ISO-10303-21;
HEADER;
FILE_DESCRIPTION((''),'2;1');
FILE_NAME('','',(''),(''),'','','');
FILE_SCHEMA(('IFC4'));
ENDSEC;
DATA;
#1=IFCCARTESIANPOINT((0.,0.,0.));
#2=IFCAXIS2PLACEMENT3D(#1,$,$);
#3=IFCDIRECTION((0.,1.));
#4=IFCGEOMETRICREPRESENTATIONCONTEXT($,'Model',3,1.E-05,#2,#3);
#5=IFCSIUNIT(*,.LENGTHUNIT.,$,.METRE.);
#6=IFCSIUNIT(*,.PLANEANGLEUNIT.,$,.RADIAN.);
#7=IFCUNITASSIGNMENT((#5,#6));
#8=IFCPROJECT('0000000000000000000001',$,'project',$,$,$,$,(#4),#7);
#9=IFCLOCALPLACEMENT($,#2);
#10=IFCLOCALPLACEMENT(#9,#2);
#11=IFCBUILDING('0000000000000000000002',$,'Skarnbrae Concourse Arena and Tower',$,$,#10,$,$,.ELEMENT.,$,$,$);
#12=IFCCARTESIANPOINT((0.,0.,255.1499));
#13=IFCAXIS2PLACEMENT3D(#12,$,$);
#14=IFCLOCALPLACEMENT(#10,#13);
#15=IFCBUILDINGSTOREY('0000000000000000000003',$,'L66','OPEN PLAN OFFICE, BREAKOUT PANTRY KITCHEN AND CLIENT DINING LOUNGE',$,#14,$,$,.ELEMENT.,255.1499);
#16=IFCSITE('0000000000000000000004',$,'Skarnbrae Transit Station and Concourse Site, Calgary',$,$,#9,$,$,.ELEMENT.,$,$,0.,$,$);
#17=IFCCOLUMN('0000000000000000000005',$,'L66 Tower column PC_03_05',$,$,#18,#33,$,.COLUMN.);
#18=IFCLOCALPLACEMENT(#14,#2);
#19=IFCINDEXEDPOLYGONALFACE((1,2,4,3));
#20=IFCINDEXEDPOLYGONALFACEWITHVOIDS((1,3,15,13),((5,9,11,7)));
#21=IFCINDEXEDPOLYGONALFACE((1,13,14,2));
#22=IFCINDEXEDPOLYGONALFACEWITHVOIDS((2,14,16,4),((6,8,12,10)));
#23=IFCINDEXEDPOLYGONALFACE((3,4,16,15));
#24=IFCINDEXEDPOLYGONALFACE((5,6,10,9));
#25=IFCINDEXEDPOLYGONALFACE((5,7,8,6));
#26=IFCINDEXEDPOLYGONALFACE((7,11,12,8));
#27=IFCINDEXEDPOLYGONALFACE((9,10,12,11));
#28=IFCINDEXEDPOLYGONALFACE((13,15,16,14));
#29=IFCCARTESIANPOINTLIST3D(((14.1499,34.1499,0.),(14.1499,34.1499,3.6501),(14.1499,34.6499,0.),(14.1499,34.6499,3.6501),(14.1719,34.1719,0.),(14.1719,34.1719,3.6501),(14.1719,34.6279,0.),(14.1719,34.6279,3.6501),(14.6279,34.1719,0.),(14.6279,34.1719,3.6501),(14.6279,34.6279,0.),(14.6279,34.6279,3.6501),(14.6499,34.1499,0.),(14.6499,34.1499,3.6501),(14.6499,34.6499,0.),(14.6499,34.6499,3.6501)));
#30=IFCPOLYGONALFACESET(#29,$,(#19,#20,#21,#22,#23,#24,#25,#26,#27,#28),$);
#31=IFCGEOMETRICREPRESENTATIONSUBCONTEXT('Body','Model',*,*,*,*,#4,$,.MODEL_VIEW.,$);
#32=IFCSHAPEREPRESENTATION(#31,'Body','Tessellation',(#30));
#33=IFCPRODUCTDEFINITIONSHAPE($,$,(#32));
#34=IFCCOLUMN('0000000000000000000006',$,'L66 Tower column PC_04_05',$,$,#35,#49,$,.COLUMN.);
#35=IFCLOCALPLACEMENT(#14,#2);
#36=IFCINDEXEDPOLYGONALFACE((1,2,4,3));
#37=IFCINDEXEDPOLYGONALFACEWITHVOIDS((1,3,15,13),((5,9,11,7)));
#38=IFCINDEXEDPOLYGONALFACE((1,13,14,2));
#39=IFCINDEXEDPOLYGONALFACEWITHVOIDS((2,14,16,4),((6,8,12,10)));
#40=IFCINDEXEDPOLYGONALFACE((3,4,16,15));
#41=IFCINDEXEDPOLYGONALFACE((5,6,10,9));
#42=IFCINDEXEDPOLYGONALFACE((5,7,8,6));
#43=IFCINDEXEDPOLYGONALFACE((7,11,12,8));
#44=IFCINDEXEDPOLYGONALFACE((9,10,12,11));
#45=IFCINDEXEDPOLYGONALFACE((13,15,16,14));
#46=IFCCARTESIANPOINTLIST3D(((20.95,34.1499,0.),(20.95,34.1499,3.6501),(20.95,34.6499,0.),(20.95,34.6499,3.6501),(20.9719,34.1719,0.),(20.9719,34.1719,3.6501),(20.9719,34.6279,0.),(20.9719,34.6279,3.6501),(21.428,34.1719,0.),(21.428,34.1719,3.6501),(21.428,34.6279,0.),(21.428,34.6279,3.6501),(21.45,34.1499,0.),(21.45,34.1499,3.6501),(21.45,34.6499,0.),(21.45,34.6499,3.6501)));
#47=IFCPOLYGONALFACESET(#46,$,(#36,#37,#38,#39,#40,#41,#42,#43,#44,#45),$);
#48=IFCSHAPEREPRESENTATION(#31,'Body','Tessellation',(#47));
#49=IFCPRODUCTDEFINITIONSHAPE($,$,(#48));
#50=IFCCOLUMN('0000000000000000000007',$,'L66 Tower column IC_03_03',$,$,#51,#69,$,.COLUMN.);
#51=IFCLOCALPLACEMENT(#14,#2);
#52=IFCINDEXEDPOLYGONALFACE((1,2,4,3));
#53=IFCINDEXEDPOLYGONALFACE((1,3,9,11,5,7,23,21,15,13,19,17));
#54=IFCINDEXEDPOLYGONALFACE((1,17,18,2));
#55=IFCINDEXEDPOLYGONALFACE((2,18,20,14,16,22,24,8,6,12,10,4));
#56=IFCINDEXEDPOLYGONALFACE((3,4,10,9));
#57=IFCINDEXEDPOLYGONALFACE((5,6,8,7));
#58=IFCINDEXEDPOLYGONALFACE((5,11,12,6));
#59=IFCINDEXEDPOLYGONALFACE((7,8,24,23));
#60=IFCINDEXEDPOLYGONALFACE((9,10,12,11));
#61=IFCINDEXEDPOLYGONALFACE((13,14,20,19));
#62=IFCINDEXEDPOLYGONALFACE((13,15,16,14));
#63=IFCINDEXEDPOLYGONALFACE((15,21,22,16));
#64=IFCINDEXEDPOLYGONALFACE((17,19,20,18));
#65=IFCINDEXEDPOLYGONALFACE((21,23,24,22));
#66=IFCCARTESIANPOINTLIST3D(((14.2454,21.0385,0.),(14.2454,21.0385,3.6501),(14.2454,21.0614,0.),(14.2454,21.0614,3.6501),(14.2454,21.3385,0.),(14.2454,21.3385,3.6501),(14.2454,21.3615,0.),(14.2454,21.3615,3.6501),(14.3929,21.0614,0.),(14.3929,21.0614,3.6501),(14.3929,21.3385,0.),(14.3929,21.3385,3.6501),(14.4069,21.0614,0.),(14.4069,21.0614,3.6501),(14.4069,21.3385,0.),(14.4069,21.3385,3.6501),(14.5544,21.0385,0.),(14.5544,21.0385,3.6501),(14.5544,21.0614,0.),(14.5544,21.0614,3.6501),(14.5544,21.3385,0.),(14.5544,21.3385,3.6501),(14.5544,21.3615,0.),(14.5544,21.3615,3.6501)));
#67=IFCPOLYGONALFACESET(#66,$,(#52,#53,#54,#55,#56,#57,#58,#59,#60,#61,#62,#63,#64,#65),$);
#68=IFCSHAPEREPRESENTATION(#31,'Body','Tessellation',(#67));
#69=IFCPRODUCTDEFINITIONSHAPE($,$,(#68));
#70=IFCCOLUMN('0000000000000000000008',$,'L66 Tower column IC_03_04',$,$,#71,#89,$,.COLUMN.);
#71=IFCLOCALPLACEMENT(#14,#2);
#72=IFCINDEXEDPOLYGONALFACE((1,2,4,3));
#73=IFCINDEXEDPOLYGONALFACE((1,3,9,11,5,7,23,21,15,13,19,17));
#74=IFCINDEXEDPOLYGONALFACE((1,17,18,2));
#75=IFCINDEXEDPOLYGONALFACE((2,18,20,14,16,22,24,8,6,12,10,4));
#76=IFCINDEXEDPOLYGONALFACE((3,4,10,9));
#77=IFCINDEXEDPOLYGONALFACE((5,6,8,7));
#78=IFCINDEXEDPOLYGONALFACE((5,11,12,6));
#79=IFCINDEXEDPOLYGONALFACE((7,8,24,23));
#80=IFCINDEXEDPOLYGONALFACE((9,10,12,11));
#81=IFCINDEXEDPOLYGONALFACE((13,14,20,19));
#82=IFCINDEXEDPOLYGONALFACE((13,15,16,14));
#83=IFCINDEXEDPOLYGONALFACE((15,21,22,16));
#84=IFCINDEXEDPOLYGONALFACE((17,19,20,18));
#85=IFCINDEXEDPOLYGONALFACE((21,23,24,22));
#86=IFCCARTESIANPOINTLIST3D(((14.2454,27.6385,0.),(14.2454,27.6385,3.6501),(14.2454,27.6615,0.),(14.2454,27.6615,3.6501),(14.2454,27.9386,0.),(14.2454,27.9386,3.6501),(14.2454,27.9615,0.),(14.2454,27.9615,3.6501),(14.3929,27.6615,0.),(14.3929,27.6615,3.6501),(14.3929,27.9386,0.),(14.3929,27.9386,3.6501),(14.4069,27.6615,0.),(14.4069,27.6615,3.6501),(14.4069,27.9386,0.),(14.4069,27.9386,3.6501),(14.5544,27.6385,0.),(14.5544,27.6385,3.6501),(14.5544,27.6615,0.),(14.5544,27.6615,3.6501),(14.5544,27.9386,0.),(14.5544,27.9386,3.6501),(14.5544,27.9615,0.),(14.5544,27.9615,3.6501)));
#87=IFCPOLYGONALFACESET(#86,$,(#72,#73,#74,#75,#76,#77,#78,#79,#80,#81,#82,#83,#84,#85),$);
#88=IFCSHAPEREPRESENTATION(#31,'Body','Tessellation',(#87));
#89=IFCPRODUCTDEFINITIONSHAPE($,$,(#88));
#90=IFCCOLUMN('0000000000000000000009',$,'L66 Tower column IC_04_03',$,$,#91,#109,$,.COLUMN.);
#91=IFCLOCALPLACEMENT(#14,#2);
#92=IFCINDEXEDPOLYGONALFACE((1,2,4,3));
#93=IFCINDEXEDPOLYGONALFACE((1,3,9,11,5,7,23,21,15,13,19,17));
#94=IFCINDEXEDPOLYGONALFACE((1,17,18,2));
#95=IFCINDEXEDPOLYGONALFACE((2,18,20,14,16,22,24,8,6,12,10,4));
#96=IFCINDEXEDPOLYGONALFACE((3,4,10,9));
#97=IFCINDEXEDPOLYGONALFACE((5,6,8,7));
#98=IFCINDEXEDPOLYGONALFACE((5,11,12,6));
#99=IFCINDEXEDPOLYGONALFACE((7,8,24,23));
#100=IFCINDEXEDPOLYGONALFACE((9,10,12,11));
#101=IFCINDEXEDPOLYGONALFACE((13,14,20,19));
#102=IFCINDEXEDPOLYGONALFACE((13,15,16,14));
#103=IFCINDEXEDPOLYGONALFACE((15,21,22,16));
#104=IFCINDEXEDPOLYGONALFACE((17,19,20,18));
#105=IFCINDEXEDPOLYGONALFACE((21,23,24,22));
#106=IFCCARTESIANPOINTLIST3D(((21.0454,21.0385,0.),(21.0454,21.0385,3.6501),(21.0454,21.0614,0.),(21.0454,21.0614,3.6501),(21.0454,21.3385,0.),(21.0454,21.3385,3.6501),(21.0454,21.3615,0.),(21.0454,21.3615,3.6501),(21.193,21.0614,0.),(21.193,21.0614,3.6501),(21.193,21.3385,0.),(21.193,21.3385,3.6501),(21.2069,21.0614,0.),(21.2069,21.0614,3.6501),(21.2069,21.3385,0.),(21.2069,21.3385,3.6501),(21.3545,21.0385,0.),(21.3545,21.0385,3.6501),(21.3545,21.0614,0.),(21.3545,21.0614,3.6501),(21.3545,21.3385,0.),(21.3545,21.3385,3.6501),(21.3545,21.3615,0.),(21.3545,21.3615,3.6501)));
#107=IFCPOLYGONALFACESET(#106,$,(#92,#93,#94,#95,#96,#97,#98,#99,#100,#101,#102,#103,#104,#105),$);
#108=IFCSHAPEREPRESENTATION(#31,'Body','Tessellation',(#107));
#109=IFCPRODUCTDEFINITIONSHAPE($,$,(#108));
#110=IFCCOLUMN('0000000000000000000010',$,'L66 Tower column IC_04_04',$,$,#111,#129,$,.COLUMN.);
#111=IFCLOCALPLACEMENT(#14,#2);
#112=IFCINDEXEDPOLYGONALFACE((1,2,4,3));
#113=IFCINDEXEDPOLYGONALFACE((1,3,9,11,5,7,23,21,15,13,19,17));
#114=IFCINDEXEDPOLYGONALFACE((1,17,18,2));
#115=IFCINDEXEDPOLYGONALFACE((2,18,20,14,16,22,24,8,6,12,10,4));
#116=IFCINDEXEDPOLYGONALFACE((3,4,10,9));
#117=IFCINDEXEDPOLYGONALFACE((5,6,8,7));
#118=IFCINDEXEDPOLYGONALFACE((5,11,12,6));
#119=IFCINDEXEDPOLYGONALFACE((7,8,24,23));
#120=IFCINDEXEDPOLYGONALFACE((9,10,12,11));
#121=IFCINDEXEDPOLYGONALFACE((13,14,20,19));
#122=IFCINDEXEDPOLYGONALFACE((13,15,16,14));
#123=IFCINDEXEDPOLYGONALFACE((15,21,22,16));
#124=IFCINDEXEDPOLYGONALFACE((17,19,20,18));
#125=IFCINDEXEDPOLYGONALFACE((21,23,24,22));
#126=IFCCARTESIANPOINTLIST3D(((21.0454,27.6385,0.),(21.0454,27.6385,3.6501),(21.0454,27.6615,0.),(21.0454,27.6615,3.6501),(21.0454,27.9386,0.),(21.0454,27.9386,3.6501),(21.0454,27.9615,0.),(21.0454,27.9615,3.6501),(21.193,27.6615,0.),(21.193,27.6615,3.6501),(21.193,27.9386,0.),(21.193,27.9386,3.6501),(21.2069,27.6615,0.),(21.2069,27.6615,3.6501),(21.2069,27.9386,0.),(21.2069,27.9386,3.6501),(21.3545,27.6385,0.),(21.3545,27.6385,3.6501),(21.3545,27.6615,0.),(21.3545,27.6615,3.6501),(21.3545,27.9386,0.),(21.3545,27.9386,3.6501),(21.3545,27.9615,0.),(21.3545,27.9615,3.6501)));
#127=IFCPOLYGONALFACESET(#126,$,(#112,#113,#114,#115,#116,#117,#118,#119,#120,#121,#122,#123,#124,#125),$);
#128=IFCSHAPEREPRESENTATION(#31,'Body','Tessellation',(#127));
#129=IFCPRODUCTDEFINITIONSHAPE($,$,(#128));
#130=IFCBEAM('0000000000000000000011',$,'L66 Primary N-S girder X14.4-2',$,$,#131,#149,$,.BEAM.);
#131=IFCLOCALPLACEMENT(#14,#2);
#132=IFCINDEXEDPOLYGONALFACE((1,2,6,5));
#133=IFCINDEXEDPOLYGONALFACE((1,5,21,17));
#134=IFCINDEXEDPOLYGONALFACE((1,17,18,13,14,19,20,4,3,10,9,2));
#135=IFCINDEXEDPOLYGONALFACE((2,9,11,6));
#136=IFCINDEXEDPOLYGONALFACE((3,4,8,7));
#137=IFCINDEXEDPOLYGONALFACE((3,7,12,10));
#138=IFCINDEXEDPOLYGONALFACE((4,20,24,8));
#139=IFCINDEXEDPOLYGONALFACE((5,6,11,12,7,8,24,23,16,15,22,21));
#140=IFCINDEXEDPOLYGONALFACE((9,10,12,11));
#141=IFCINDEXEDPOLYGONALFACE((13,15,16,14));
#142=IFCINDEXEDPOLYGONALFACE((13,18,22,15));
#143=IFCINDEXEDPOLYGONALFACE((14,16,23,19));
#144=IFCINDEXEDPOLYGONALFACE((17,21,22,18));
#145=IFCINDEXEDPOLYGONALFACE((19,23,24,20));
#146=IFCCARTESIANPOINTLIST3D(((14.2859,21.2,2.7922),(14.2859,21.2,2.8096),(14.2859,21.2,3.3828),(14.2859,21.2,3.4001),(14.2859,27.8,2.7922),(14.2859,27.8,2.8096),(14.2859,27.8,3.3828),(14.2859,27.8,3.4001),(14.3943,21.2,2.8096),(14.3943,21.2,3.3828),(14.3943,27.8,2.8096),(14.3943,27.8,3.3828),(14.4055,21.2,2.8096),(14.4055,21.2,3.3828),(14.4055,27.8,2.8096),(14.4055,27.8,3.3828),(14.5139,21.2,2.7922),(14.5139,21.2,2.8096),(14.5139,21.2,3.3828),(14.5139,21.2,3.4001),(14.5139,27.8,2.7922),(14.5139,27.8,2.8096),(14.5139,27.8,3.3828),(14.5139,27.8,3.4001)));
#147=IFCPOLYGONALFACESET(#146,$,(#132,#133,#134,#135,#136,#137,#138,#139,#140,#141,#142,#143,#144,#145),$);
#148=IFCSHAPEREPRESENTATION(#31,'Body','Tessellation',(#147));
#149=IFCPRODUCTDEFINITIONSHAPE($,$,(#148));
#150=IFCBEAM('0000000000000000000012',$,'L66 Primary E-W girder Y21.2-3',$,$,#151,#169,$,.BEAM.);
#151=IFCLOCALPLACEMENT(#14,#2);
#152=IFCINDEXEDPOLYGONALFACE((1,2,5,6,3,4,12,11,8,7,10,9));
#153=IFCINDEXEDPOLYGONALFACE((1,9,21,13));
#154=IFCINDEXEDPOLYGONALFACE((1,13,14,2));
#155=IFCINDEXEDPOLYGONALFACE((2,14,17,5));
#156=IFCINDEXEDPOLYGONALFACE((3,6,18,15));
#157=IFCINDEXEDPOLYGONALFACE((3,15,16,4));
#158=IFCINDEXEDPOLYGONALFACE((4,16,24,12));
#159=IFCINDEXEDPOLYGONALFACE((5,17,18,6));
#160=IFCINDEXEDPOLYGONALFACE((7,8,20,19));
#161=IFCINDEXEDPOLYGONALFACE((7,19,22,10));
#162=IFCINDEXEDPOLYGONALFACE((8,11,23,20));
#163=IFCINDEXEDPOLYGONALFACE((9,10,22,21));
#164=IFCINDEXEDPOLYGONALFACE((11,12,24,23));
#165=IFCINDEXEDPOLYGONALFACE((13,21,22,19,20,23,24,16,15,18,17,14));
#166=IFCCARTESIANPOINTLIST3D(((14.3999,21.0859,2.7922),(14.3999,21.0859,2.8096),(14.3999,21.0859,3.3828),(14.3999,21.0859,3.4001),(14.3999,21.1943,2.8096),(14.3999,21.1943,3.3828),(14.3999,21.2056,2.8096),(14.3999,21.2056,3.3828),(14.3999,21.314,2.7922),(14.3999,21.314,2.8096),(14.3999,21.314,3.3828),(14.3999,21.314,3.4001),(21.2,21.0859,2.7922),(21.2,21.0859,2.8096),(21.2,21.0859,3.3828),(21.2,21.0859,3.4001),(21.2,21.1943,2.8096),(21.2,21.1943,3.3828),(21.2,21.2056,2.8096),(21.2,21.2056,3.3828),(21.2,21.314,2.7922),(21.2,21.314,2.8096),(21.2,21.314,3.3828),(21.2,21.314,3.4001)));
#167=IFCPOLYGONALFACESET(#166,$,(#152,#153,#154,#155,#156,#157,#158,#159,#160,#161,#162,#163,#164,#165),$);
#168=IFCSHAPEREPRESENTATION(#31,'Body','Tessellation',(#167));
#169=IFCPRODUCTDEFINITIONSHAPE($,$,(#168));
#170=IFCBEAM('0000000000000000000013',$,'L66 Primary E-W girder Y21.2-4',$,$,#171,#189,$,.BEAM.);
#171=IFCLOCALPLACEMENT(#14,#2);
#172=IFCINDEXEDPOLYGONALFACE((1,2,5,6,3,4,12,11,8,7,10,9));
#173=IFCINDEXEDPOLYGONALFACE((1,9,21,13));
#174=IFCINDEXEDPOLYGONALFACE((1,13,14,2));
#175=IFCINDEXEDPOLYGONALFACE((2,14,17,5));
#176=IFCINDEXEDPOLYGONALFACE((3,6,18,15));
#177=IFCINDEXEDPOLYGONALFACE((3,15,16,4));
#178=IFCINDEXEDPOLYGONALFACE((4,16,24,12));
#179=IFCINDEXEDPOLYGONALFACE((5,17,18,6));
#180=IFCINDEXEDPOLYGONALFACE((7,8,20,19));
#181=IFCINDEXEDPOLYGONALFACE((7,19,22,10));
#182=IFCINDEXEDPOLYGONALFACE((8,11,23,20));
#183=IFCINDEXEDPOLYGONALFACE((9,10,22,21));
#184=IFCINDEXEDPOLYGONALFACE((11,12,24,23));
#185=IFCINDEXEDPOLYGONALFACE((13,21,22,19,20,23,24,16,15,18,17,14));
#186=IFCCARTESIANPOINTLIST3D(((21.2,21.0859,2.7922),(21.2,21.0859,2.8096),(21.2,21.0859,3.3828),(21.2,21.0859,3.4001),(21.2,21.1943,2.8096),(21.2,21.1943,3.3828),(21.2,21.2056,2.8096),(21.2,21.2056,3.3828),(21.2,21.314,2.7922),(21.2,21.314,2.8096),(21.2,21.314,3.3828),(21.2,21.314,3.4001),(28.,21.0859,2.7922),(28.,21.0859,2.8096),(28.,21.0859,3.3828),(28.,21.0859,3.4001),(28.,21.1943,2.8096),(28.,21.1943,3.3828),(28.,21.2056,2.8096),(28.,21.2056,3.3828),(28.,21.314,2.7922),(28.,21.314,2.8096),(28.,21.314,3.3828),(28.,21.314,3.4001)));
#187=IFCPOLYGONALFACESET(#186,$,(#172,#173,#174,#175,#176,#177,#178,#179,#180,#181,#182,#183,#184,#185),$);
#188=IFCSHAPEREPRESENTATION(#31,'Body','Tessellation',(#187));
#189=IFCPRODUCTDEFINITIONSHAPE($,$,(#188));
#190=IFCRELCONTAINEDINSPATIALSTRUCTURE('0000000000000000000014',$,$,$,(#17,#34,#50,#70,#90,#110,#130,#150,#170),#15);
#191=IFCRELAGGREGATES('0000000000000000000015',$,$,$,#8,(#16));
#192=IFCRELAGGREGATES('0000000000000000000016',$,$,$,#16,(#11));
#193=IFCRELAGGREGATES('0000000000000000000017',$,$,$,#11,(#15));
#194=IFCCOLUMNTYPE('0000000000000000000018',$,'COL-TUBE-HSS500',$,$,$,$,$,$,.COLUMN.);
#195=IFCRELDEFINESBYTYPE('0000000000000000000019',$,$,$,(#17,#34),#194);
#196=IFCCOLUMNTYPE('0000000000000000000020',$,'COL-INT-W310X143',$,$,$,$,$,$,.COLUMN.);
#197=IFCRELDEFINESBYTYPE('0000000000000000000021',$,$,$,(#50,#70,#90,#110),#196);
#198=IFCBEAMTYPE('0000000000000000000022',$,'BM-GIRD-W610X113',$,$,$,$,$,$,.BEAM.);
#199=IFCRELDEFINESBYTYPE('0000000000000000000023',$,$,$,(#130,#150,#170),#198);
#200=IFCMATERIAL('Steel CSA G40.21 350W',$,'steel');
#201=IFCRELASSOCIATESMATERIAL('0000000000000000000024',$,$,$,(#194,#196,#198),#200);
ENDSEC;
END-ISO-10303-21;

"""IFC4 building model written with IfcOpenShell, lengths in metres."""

from ifc_helpers import new_model, si_unit, direction, frame, origin, origin_2d, place, context, subcontext, project, spatial, hollow_rectangle, i_section, extrude, source, transform, mapped, material, material_profile, profile_set, type_object, element, save


model = new_model("IFC4")

# Units and contexts
model_context = context("Model", 3, precision=1e-05, world=origin(), true_north=direction((0.0, 1.0)))
body_context = subcontext(model_context, "Body", "Model", "MODEL_VIEW")
ifc_project = project(units=[si_unit("LENGTHUNIT", "METRE"), si_unit("PLANEANGLEUNIT", "RADIAN")], contexts=[model_context])

# Site, building, storey
site_placement = place(None, origin())
site = spatial("IfcSite", under=ifc_project, at=site_placement, Name="Skarnbrae Transit Station and Concourse Site, Calgary", CompositionType="ELEMENT", RefElevation=0.0)
building_placement = place(site_placement, origin())
building = spatial("IfcBuilding", under=site, at=building_placement, Name="Skarnbrae Concourse Arena and Tower", CompositionType="ELEMENT")
storey_placement = place(building_placement, frame((0.0, 0.0, 255.1499)))
storey = spatial("IfcBuildingStorey", under=building, at=storey_placement, Name="L66", Description="OPEN PLAN OFFICE, BREAKOUT PANTRY KITCHEN AND CLIENT DINING LOUNGE", CompositionType="ELEMENT", Elevation=255.1499)

# Columns
ifc_material_1 = material(Name="Steel CSA G40.21 350W", Category="steel")
ifc_material_profile_1 = material_profile(ifc_material_1, hollow_rectangle(XDim=0.5, YDim=0.5, WallThickness=0.022, at=origin_2d()), Name="HSS500X500X22.0")
ifc_profile_set_1 = profile_set([ifc_material_profile_1], Name="Steel CSA G40.21 350W")
column_type_1 = type_object("IfcColumnType", Name="COL-TUBE-HSS500", PredefinedType="COLUMN", material=ifc_profile_set_1)
shared_shape_1 = source(origin(), body_context, "Body", "SweptSolid", [
    extrude(hollow_rectangle(XDim=0.5, YDim=0.5, WallThickness=0.022, at=origin_2d()), origin(), (0.0, 0.0, 1.0), 3.6501),
])
for number, where, z_axis, x_axis, name in (
    (1, (14.3999, 34.3999, 0.0), (0.0, 0.0, 1.0), (1.0, 0.0, 0.0), "L66 Tower column PC_03_05"),
    (2, (21.2, 34.3999, 0.0), (0.0, 0.0, 1.0), (1.0, 0.0, 0.0), "L66 Tower column PC_04_05"),
):
    element("IfcColumn", number, at=place(storey_placement, frame(where, z_axis=z_axis, x_axis=x_axis)), inside=storey, type_object=column_type_1, Name=name, PredefinedType="COLUMN", context=body_context, shape_type="MappedRepresentation", body=[
        mapped(shared_shape_1, transform((0.0, 0.0, 0.0))),
    ])
ifc_material_profile_2 = material_profile(ifc_material_1, i_section(OverallWidth=0.3091, OverallDepth=0.323, WebThickness=0.0139, FlangeThickness=0.0229, at=origin_2d()), Name="W310X143")
ifc_profile_set_2 = profile_set([ifc_material_profile_2], Name="Steel CSA G40.21 350W")
column_type_2 = type_object("IfcColumnType", Name="COL-INT-W310X143", PredefinedType="COLUMN", material=ifc_profile_set_2)
shared_shape_2 = source(origin(), body_context, "Body", "SweptSolid", [
    extrude(i_section(OverallWidth=0.3091, OverallDepth=0.323, WebThickness=0.0139, FlangeThickness=0.0229, at=origin_2d()), origin(), (0.0, 0.0, 1.0), 3.6501),
])
for number, where, z_axis, x_axis, name in (
    (3, (14.3999, 21.2, 0.0), (0.0, 0.0, 1.0), (1.0, 0.0, 0.0), "L66 Tower column IC_03_03"),
    (4, (14.3999, 27.8, 0.0), (0.0, 0.0, 1.0), (1.0, 0.0, 0.0), "L66 Tower column IC_03_04"),
    (5, (21.2, 21.2, 0.0), (0.0, 0.0, 1.0), (1.0, 0.0, 0.0), "L66 Tower column IC_04_03"),
    (6, (21.2, 27.8, 0.0), (0.0, 0.0, 1.0), (1.0, 0.0, 0.0), "L66 Tower column IC_04_04"),
):
    element("IfcColumn", number, at=place(storey_placement, frame(where, z_axis=z_axis, x_axis=x_axis)), inside=storey, type_object=column_type_2, Name=name, PredefinedType="COLUMN", context=body_context, shape_type="MappedRepresentation", body=[
        mapped(shared_shape_2, transform((0.0, 0.0, 0.0))),
    ])

# Beams
ifc_material_profile_3 = material_profile(ifc_material_1, i_section(OverallWidth=0.228, OverallDepth=0.6079, WebThickness=0.0112, FlangeThickness=0.0173, at=origin_2d()), Name="W610X113")
ifc_profile_set_3 = profile_set([ifc_material_profile_3], Name="Steel CSA G40.21 350W")
beam_type_1 = type_object("IfcBeamType", Name="BM-GIRD-W610X113", PredefinedType="BEAM", material=ifc_profile_set_3)
shared_shape_3 = source(origin(), body_context, "Body", "SweptSolid", [
    extrude(i_section(OverallWidth=0.228, OverallDepth=0.6079, WebThickness=0.0112, FlangeThickness=0.0173, at=origin_2d()), origin(), (0.0, 0.0, 1.0), 6.6001),
])
beam_1_placement = place(storey_placement, frame((14.3999, 21.2, 3.0962), z_axis=(0.0, 1.0, 0.0), x_axis=(-1.0, 0.0, 0.0)))
element("IfcBeam", 7, at=beam_1_placement, inside=storey, type_object=beam_type_1, Name="L66 Primary N-S girder X14.4-2", PredefinedType="BEAM", context=body_context, shape_type="MappedRepresentation", body=[
    mapped(shared_shape_3, transform((0.0, 0.0, 0.0))),
])
shared_shape_4 = source(origin(), body_context, "Body", "SweptSolid", [
    extrude(i_section(OverallWidth=0.228, OverallDepth=0.6079, WebThickness=0.0112, FlangeThickness=0.0173, at=origin_2d()), origin(), (0.0, 0.0, 1.0), 6.8),
])
for number, where, z_axis, x_axis, name in (
    (8, (14.3999, 21.2, 3.0962), (1.0, 0.0, 0.0), (0.0, 1.0, 0.0), "L66 Primary E-W girder Y21.2-3"),
    (9, (21.2, 21.2, 3.0962), (1.0, 0.0, 0.0), (0.0, 1.0, 0.0), "L66 Primary E-W girder Y21.2-4"),
):
    element("IfcBeam", number, at=place(storey_placement, frame(where, z_axis=z_axis, x_axis=x_axis)), inside=storey, type_object=beam_type_1, Name=name, PredefinedType="BEAM", context=body_context, shape_type="MappedRepresentation", body=[
        mapped(shared_shape_4, transform((0.0, 0.0, 0.0))),
    ])

save(model, "model.ifc")
